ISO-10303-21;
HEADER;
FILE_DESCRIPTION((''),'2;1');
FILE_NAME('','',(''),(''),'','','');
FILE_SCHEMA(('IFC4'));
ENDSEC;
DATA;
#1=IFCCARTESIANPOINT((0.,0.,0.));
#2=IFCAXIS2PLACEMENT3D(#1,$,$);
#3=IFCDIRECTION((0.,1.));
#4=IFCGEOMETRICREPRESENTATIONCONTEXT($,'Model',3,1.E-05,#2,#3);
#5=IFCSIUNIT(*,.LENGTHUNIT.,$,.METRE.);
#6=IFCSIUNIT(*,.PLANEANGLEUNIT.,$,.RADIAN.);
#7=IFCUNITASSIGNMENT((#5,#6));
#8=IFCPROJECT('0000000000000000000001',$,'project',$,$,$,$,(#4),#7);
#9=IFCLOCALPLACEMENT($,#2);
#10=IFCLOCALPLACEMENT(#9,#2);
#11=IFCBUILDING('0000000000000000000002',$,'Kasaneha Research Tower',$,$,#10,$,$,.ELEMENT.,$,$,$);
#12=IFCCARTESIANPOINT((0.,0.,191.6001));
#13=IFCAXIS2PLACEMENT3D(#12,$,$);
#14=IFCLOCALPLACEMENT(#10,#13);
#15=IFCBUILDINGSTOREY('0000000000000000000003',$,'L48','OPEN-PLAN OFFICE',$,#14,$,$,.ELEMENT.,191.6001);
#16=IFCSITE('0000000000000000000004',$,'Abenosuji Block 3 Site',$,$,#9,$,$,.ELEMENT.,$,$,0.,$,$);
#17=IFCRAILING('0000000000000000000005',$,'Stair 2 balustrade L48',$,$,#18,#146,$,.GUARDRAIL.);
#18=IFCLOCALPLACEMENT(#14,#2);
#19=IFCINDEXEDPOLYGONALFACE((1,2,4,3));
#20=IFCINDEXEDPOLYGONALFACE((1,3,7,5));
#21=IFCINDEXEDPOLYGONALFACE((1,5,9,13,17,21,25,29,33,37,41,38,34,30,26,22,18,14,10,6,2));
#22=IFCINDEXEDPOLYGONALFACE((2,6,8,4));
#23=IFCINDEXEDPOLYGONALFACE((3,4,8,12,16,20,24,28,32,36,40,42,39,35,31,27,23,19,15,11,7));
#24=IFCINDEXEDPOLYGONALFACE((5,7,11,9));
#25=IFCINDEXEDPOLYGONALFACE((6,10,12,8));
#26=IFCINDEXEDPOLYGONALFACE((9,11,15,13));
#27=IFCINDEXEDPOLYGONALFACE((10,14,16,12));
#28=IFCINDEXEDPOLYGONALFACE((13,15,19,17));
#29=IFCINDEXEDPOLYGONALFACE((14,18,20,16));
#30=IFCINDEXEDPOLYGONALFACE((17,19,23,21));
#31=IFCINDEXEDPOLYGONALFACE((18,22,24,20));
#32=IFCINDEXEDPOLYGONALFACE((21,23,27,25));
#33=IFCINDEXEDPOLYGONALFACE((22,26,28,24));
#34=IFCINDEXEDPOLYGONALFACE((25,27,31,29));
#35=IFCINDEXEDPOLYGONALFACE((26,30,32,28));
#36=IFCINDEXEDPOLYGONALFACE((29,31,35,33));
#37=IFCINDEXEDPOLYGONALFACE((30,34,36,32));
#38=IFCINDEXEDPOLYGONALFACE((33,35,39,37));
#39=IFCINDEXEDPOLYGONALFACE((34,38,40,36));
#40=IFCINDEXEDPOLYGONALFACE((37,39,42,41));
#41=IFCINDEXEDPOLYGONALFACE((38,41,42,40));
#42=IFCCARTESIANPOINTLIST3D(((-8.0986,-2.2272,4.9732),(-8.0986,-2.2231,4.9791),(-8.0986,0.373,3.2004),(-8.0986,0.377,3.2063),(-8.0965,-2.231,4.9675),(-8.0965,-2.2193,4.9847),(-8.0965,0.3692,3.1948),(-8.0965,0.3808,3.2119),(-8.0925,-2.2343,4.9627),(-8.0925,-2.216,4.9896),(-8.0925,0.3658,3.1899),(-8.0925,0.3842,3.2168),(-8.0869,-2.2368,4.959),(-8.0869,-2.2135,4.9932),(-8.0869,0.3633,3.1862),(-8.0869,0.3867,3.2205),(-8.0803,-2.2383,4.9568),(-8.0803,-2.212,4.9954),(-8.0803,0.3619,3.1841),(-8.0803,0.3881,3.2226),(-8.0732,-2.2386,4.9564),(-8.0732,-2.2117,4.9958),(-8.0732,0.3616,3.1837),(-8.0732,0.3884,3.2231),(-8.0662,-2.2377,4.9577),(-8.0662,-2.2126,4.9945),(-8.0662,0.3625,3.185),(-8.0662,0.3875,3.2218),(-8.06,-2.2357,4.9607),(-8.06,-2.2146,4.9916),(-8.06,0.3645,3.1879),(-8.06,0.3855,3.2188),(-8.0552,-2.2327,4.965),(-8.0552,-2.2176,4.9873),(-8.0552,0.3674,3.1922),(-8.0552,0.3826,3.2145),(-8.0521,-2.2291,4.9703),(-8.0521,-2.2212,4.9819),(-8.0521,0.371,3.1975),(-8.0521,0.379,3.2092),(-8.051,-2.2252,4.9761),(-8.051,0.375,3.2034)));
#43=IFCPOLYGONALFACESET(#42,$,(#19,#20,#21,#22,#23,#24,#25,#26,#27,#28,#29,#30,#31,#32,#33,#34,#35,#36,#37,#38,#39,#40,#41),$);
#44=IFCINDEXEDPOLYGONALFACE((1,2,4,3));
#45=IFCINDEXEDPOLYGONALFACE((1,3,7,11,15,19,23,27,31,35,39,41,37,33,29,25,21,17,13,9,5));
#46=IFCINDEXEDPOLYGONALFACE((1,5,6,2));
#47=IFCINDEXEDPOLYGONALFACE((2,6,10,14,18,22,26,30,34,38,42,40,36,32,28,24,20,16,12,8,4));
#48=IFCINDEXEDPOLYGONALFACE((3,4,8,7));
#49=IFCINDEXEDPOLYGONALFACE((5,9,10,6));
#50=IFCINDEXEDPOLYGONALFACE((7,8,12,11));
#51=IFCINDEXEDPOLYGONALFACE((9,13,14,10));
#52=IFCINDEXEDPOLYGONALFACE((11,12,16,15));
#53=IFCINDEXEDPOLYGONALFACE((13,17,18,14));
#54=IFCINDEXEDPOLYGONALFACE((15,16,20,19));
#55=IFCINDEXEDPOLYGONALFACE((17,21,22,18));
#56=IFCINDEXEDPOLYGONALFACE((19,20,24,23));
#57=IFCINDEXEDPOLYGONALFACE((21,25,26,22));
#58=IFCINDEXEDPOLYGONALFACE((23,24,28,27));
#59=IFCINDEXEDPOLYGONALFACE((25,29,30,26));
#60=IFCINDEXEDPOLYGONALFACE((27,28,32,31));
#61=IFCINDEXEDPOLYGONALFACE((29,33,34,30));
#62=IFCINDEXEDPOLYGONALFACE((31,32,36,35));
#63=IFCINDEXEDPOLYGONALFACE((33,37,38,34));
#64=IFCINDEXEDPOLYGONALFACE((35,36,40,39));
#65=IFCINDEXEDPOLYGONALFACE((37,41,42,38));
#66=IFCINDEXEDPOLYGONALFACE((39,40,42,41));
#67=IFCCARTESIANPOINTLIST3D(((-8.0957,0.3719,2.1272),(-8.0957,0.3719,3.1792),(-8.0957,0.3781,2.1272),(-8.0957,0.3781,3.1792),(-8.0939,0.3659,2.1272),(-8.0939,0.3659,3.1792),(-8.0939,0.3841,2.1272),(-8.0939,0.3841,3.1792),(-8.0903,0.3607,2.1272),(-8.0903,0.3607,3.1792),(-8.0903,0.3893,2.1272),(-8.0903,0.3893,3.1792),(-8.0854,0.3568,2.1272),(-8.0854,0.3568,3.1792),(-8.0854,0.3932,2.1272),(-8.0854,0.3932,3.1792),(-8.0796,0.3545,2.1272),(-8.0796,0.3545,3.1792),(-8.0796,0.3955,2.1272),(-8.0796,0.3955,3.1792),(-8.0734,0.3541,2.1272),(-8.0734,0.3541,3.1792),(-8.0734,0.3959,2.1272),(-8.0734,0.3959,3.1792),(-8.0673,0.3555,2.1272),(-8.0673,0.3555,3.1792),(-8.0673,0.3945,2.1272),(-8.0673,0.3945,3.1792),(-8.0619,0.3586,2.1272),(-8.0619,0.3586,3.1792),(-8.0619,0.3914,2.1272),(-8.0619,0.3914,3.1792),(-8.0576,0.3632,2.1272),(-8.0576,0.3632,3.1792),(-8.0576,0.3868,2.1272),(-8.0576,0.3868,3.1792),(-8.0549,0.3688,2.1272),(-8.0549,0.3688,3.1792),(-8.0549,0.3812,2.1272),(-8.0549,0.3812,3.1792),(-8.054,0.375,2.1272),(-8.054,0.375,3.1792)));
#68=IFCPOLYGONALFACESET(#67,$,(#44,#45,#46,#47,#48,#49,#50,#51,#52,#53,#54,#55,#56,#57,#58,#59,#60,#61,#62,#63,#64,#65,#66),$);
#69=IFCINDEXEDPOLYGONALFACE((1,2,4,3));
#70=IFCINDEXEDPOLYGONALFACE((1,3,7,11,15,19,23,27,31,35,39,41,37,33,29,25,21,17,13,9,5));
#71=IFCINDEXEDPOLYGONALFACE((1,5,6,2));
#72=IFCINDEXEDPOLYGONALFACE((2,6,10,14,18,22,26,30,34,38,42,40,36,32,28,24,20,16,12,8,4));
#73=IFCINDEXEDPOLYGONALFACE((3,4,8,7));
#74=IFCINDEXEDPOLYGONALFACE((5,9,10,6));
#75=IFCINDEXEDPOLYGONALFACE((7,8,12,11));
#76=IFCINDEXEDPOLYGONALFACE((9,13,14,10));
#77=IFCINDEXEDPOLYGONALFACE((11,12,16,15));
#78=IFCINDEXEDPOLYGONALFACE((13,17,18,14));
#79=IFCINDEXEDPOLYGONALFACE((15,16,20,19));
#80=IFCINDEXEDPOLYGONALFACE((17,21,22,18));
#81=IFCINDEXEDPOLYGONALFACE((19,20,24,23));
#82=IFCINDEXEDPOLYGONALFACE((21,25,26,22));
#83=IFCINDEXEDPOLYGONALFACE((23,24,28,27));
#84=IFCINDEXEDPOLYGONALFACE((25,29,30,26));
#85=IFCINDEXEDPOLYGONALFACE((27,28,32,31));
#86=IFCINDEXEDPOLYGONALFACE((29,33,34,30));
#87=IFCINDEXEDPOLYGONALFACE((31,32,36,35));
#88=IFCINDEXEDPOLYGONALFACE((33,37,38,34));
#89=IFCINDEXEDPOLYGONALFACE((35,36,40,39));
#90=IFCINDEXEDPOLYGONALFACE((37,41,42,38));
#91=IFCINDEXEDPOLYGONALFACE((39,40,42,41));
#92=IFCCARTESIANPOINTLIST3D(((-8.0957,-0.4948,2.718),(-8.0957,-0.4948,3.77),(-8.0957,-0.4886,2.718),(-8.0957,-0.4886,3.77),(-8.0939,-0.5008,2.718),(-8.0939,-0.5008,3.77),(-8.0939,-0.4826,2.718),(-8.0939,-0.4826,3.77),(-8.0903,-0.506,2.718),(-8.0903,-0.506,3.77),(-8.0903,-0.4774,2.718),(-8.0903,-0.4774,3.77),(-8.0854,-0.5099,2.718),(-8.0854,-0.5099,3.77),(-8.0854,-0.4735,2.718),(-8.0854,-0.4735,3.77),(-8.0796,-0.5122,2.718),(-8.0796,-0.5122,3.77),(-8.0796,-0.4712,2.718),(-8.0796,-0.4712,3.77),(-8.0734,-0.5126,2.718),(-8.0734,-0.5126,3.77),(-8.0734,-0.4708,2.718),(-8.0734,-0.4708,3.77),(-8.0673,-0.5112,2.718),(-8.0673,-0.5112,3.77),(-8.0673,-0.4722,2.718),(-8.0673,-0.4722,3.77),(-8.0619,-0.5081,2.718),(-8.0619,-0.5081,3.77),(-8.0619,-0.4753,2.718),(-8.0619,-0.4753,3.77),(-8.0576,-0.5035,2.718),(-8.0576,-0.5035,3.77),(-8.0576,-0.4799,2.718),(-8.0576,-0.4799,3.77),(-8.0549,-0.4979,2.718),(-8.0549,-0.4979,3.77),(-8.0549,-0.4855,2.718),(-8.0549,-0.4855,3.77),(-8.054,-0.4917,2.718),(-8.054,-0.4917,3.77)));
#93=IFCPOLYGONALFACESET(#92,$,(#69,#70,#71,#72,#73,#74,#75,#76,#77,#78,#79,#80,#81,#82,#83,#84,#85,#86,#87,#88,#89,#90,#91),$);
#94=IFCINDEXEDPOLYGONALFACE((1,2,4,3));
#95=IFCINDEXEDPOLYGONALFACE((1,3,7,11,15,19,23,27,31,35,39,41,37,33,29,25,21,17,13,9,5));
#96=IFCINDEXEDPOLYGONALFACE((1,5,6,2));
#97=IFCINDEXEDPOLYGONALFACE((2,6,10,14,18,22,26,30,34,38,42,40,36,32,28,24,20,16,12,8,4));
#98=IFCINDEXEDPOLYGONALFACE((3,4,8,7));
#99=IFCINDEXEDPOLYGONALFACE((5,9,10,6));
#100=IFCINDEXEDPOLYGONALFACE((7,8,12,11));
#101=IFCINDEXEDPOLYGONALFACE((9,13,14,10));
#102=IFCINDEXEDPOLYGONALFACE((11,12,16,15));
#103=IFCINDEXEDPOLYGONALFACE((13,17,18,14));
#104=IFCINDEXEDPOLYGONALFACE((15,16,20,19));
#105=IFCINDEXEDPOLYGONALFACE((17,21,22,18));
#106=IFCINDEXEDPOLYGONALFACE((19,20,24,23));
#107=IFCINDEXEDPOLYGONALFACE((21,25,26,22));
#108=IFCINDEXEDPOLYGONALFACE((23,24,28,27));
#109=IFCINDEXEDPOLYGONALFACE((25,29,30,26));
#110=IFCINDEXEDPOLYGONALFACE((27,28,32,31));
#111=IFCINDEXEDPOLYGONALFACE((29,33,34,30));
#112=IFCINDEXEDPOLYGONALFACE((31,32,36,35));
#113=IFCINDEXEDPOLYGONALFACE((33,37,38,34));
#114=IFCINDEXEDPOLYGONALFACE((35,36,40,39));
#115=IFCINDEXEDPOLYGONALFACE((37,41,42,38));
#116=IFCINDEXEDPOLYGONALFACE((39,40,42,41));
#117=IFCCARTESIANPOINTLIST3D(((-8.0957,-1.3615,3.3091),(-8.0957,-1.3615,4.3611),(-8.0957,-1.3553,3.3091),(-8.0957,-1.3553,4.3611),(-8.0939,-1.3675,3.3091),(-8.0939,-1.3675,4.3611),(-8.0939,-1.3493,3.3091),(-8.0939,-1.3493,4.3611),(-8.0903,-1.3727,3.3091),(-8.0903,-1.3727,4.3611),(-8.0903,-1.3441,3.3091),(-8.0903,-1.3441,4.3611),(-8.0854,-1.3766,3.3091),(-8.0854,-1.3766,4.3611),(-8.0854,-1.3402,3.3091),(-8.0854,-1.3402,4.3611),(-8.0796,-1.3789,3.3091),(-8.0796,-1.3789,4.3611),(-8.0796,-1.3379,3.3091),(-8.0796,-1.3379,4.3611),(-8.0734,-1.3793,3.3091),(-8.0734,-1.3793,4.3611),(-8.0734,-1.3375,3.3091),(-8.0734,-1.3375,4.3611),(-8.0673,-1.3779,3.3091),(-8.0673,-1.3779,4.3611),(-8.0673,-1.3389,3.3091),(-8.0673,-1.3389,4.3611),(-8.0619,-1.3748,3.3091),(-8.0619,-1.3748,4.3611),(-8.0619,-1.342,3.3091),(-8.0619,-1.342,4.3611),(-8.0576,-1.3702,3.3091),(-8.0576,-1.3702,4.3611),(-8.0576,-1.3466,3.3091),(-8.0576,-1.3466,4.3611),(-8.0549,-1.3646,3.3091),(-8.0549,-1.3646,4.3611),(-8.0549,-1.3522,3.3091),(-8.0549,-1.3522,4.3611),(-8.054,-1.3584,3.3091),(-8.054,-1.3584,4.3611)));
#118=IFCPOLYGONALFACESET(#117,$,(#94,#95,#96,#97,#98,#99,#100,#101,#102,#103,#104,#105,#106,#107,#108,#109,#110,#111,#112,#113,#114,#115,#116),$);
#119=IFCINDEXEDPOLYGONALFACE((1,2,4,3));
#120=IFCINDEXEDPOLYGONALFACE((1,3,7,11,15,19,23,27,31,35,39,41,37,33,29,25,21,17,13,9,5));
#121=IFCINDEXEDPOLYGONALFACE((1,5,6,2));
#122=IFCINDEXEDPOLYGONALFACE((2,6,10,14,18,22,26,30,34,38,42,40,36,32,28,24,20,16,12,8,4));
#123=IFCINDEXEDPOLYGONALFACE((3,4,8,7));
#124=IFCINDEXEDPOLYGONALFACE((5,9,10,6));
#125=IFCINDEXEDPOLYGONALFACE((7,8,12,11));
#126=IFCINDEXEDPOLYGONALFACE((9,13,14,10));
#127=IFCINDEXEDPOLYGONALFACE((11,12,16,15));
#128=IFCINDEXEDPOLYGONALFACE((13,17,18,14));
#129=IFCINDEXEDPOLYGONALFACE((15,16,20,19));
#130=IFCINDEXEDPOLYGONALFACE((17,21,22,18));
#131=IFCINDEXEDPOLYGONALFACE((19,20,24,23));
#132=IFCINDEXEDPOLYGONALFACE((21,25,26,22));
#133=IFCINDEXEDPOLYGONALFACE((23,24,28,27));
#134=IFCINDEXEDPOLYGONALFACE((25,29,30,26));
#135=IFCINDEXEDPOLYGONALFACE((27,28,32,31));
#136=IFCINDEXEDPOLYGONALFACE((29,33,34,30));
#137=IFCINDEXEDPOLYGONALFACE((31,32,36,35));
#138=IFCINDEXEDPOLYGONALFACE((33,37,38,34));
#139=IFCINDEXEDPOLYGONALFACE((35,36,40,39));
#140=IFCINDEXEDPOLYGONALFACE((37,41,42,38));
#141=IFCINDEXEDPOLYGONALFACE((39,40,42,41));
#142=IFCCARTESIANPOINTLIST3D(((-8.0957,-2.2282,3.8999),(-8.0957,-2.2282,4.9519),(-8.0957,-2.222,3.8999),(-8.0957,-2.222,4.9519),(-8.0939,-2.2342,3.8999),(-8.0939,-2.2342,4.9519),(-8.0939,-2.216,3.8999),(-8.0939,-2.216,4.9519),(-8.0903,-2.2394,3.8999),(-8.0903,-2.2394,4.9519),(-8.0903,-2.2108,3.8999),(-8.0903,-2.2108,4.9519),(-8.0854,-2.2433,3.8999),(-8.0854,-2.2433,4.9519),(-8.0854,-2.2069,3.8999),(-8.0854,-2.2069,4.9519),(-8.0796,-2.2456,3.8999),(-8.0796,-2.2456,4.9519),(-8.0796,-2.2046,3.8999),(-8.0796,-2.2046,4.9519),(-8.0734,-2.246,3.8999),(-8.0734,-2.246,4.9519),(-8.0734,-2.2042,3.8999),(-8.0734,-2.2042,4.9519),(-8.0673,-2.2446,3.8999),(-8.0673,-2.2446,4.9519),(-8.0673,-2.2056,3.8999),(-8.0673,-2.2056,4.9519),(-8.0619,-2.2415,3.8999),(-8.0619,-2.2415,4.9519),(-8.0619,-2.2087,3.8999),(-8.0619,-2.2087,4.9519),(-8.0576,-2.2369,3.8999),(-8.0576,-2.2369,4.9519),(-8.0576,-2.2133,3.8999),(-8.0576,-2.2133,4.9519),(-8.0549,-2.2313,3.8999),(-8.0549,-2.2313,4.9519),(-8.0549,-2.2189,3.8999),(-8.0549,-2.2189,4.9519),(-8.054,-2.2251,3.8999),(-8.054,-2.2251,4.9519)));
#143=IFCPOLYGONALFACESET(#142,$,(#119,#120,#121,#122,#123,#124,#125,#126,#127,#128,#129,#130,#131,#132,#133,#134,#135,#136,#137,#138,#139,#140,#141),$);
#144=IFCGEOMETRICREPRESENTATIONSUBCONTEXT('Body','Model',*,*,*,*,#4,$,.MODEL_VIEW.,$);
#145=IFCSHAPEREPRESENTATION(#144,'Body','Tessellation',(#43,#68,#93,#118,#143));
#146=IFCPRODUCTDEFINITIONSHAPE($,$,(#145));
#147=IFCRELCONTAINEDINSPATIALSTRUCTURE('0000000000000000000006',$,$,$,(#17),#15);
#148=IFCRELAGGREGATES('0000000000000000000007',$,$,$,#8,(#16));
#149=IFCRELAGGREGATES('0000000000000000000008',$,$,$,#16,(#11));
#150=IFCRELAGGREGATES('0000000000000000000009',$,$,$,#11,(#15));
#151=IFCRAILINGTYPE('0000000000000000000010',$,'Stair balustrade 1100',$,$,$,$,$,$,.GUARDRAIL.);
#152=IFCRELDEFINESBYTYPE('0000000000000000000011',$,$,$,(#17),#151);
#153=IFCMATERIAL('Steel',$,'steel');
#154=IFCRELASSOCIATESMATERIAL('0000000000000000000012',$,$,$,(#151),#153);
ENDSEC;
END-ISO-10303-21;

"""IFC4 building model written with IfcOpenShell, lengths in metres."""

from ifc_helpers import new_model, si_unit, direction, frame, origin, origin_2d, place, context, subcontext, project, spatial, circle, extrude, material, type_object, element, save


model = new_model("IFC4")

# Units and contexts
model_context = context("Model", 3, precision=1e-05, world=origin(), true_north=direction((0.0, 1.0)))
body_context = subcontext(model_context, "Body", "Model", "MODEL_VIEW")
ifc_project = project(units=[si_unit("LENGTHUNIT", "METRE"), si_unit("PLANEANGLEUNIT", "RADIAN")], contexts=[model_context])

# Site, building, storey
site_placement = place(None, origin())
site = spatial("IfcSite", under=ifc_project, at=site_placement, Name="Abenosuji Block 3 Site", CompositionType="ELEMENT", RefElevation=0.0)
building_placement = place(site_placement, origin())
building = spatial("IfcBuilding", under=site, at=building_placement, Name="Kasaneha Research Tower", CompositionType="ELEMENT")
storey_placement = place(building_placement, frame((0.0, 0.0, 191.6001)))
storey = spatial("IfcBuildingStorey", under=building, at=storey_placement, Name="L48", Description="OPEN-PLAN OFFICE", CompositionType="ELEMENT", Elevation=191.6001)

# Railing
ifc_material_1 = material(Name="Steel", Category="steel")
railing_type_1 = type_object("IfcRailingType", Name="Stair balustrade 1100", PredefinedType="GUARDRAIL", material=ifc_material_1)
railing_1_placement = place(storey_placement, frame((-8.075, 0.375, 2.1272)))
element("IfcRailing", 1, at=railing_1_placement, inside=storey, type_object=railing_type_1, Name="Stair 2 balustrade L48", PredefinedType="GUARDRAIL", context=body_context, shape_type="SweptSolid", body=[
    extrude(circle(Radius=0.0239, at=origin_2d()), frame((0.0, 0.0, 1.0762), z_axis=(0.0, -0.82624, 0.563318), x_axis=(1.0, 0.0, 0.0)), (0.0, 0.0, 1.0), 3.147),
    extrude(circle(Radius=0.021, at=origin_2d()), origin(), (0.0, 0.0, 1.0), 1.052),
    extrude(circle(Radius=0.021, at=origin_2d()), frame((0.0, -0.8667, 0.5908)), (0.0, 0.0, 1.0), 1.052),
    extrude(circle(Radius=0.021, at=origin_2d()), frame((0.0, -1.7334, 1.1819)), (0.0, 0.0, 1.0), 1.052),
    extrude(circle(Radius=0.021, at=origin_2d()), frame((0.0, -2.6001, 1.7727)), (0.0, 0.0, 1.0), 1.052),
])

save(model, "model.ifc")
